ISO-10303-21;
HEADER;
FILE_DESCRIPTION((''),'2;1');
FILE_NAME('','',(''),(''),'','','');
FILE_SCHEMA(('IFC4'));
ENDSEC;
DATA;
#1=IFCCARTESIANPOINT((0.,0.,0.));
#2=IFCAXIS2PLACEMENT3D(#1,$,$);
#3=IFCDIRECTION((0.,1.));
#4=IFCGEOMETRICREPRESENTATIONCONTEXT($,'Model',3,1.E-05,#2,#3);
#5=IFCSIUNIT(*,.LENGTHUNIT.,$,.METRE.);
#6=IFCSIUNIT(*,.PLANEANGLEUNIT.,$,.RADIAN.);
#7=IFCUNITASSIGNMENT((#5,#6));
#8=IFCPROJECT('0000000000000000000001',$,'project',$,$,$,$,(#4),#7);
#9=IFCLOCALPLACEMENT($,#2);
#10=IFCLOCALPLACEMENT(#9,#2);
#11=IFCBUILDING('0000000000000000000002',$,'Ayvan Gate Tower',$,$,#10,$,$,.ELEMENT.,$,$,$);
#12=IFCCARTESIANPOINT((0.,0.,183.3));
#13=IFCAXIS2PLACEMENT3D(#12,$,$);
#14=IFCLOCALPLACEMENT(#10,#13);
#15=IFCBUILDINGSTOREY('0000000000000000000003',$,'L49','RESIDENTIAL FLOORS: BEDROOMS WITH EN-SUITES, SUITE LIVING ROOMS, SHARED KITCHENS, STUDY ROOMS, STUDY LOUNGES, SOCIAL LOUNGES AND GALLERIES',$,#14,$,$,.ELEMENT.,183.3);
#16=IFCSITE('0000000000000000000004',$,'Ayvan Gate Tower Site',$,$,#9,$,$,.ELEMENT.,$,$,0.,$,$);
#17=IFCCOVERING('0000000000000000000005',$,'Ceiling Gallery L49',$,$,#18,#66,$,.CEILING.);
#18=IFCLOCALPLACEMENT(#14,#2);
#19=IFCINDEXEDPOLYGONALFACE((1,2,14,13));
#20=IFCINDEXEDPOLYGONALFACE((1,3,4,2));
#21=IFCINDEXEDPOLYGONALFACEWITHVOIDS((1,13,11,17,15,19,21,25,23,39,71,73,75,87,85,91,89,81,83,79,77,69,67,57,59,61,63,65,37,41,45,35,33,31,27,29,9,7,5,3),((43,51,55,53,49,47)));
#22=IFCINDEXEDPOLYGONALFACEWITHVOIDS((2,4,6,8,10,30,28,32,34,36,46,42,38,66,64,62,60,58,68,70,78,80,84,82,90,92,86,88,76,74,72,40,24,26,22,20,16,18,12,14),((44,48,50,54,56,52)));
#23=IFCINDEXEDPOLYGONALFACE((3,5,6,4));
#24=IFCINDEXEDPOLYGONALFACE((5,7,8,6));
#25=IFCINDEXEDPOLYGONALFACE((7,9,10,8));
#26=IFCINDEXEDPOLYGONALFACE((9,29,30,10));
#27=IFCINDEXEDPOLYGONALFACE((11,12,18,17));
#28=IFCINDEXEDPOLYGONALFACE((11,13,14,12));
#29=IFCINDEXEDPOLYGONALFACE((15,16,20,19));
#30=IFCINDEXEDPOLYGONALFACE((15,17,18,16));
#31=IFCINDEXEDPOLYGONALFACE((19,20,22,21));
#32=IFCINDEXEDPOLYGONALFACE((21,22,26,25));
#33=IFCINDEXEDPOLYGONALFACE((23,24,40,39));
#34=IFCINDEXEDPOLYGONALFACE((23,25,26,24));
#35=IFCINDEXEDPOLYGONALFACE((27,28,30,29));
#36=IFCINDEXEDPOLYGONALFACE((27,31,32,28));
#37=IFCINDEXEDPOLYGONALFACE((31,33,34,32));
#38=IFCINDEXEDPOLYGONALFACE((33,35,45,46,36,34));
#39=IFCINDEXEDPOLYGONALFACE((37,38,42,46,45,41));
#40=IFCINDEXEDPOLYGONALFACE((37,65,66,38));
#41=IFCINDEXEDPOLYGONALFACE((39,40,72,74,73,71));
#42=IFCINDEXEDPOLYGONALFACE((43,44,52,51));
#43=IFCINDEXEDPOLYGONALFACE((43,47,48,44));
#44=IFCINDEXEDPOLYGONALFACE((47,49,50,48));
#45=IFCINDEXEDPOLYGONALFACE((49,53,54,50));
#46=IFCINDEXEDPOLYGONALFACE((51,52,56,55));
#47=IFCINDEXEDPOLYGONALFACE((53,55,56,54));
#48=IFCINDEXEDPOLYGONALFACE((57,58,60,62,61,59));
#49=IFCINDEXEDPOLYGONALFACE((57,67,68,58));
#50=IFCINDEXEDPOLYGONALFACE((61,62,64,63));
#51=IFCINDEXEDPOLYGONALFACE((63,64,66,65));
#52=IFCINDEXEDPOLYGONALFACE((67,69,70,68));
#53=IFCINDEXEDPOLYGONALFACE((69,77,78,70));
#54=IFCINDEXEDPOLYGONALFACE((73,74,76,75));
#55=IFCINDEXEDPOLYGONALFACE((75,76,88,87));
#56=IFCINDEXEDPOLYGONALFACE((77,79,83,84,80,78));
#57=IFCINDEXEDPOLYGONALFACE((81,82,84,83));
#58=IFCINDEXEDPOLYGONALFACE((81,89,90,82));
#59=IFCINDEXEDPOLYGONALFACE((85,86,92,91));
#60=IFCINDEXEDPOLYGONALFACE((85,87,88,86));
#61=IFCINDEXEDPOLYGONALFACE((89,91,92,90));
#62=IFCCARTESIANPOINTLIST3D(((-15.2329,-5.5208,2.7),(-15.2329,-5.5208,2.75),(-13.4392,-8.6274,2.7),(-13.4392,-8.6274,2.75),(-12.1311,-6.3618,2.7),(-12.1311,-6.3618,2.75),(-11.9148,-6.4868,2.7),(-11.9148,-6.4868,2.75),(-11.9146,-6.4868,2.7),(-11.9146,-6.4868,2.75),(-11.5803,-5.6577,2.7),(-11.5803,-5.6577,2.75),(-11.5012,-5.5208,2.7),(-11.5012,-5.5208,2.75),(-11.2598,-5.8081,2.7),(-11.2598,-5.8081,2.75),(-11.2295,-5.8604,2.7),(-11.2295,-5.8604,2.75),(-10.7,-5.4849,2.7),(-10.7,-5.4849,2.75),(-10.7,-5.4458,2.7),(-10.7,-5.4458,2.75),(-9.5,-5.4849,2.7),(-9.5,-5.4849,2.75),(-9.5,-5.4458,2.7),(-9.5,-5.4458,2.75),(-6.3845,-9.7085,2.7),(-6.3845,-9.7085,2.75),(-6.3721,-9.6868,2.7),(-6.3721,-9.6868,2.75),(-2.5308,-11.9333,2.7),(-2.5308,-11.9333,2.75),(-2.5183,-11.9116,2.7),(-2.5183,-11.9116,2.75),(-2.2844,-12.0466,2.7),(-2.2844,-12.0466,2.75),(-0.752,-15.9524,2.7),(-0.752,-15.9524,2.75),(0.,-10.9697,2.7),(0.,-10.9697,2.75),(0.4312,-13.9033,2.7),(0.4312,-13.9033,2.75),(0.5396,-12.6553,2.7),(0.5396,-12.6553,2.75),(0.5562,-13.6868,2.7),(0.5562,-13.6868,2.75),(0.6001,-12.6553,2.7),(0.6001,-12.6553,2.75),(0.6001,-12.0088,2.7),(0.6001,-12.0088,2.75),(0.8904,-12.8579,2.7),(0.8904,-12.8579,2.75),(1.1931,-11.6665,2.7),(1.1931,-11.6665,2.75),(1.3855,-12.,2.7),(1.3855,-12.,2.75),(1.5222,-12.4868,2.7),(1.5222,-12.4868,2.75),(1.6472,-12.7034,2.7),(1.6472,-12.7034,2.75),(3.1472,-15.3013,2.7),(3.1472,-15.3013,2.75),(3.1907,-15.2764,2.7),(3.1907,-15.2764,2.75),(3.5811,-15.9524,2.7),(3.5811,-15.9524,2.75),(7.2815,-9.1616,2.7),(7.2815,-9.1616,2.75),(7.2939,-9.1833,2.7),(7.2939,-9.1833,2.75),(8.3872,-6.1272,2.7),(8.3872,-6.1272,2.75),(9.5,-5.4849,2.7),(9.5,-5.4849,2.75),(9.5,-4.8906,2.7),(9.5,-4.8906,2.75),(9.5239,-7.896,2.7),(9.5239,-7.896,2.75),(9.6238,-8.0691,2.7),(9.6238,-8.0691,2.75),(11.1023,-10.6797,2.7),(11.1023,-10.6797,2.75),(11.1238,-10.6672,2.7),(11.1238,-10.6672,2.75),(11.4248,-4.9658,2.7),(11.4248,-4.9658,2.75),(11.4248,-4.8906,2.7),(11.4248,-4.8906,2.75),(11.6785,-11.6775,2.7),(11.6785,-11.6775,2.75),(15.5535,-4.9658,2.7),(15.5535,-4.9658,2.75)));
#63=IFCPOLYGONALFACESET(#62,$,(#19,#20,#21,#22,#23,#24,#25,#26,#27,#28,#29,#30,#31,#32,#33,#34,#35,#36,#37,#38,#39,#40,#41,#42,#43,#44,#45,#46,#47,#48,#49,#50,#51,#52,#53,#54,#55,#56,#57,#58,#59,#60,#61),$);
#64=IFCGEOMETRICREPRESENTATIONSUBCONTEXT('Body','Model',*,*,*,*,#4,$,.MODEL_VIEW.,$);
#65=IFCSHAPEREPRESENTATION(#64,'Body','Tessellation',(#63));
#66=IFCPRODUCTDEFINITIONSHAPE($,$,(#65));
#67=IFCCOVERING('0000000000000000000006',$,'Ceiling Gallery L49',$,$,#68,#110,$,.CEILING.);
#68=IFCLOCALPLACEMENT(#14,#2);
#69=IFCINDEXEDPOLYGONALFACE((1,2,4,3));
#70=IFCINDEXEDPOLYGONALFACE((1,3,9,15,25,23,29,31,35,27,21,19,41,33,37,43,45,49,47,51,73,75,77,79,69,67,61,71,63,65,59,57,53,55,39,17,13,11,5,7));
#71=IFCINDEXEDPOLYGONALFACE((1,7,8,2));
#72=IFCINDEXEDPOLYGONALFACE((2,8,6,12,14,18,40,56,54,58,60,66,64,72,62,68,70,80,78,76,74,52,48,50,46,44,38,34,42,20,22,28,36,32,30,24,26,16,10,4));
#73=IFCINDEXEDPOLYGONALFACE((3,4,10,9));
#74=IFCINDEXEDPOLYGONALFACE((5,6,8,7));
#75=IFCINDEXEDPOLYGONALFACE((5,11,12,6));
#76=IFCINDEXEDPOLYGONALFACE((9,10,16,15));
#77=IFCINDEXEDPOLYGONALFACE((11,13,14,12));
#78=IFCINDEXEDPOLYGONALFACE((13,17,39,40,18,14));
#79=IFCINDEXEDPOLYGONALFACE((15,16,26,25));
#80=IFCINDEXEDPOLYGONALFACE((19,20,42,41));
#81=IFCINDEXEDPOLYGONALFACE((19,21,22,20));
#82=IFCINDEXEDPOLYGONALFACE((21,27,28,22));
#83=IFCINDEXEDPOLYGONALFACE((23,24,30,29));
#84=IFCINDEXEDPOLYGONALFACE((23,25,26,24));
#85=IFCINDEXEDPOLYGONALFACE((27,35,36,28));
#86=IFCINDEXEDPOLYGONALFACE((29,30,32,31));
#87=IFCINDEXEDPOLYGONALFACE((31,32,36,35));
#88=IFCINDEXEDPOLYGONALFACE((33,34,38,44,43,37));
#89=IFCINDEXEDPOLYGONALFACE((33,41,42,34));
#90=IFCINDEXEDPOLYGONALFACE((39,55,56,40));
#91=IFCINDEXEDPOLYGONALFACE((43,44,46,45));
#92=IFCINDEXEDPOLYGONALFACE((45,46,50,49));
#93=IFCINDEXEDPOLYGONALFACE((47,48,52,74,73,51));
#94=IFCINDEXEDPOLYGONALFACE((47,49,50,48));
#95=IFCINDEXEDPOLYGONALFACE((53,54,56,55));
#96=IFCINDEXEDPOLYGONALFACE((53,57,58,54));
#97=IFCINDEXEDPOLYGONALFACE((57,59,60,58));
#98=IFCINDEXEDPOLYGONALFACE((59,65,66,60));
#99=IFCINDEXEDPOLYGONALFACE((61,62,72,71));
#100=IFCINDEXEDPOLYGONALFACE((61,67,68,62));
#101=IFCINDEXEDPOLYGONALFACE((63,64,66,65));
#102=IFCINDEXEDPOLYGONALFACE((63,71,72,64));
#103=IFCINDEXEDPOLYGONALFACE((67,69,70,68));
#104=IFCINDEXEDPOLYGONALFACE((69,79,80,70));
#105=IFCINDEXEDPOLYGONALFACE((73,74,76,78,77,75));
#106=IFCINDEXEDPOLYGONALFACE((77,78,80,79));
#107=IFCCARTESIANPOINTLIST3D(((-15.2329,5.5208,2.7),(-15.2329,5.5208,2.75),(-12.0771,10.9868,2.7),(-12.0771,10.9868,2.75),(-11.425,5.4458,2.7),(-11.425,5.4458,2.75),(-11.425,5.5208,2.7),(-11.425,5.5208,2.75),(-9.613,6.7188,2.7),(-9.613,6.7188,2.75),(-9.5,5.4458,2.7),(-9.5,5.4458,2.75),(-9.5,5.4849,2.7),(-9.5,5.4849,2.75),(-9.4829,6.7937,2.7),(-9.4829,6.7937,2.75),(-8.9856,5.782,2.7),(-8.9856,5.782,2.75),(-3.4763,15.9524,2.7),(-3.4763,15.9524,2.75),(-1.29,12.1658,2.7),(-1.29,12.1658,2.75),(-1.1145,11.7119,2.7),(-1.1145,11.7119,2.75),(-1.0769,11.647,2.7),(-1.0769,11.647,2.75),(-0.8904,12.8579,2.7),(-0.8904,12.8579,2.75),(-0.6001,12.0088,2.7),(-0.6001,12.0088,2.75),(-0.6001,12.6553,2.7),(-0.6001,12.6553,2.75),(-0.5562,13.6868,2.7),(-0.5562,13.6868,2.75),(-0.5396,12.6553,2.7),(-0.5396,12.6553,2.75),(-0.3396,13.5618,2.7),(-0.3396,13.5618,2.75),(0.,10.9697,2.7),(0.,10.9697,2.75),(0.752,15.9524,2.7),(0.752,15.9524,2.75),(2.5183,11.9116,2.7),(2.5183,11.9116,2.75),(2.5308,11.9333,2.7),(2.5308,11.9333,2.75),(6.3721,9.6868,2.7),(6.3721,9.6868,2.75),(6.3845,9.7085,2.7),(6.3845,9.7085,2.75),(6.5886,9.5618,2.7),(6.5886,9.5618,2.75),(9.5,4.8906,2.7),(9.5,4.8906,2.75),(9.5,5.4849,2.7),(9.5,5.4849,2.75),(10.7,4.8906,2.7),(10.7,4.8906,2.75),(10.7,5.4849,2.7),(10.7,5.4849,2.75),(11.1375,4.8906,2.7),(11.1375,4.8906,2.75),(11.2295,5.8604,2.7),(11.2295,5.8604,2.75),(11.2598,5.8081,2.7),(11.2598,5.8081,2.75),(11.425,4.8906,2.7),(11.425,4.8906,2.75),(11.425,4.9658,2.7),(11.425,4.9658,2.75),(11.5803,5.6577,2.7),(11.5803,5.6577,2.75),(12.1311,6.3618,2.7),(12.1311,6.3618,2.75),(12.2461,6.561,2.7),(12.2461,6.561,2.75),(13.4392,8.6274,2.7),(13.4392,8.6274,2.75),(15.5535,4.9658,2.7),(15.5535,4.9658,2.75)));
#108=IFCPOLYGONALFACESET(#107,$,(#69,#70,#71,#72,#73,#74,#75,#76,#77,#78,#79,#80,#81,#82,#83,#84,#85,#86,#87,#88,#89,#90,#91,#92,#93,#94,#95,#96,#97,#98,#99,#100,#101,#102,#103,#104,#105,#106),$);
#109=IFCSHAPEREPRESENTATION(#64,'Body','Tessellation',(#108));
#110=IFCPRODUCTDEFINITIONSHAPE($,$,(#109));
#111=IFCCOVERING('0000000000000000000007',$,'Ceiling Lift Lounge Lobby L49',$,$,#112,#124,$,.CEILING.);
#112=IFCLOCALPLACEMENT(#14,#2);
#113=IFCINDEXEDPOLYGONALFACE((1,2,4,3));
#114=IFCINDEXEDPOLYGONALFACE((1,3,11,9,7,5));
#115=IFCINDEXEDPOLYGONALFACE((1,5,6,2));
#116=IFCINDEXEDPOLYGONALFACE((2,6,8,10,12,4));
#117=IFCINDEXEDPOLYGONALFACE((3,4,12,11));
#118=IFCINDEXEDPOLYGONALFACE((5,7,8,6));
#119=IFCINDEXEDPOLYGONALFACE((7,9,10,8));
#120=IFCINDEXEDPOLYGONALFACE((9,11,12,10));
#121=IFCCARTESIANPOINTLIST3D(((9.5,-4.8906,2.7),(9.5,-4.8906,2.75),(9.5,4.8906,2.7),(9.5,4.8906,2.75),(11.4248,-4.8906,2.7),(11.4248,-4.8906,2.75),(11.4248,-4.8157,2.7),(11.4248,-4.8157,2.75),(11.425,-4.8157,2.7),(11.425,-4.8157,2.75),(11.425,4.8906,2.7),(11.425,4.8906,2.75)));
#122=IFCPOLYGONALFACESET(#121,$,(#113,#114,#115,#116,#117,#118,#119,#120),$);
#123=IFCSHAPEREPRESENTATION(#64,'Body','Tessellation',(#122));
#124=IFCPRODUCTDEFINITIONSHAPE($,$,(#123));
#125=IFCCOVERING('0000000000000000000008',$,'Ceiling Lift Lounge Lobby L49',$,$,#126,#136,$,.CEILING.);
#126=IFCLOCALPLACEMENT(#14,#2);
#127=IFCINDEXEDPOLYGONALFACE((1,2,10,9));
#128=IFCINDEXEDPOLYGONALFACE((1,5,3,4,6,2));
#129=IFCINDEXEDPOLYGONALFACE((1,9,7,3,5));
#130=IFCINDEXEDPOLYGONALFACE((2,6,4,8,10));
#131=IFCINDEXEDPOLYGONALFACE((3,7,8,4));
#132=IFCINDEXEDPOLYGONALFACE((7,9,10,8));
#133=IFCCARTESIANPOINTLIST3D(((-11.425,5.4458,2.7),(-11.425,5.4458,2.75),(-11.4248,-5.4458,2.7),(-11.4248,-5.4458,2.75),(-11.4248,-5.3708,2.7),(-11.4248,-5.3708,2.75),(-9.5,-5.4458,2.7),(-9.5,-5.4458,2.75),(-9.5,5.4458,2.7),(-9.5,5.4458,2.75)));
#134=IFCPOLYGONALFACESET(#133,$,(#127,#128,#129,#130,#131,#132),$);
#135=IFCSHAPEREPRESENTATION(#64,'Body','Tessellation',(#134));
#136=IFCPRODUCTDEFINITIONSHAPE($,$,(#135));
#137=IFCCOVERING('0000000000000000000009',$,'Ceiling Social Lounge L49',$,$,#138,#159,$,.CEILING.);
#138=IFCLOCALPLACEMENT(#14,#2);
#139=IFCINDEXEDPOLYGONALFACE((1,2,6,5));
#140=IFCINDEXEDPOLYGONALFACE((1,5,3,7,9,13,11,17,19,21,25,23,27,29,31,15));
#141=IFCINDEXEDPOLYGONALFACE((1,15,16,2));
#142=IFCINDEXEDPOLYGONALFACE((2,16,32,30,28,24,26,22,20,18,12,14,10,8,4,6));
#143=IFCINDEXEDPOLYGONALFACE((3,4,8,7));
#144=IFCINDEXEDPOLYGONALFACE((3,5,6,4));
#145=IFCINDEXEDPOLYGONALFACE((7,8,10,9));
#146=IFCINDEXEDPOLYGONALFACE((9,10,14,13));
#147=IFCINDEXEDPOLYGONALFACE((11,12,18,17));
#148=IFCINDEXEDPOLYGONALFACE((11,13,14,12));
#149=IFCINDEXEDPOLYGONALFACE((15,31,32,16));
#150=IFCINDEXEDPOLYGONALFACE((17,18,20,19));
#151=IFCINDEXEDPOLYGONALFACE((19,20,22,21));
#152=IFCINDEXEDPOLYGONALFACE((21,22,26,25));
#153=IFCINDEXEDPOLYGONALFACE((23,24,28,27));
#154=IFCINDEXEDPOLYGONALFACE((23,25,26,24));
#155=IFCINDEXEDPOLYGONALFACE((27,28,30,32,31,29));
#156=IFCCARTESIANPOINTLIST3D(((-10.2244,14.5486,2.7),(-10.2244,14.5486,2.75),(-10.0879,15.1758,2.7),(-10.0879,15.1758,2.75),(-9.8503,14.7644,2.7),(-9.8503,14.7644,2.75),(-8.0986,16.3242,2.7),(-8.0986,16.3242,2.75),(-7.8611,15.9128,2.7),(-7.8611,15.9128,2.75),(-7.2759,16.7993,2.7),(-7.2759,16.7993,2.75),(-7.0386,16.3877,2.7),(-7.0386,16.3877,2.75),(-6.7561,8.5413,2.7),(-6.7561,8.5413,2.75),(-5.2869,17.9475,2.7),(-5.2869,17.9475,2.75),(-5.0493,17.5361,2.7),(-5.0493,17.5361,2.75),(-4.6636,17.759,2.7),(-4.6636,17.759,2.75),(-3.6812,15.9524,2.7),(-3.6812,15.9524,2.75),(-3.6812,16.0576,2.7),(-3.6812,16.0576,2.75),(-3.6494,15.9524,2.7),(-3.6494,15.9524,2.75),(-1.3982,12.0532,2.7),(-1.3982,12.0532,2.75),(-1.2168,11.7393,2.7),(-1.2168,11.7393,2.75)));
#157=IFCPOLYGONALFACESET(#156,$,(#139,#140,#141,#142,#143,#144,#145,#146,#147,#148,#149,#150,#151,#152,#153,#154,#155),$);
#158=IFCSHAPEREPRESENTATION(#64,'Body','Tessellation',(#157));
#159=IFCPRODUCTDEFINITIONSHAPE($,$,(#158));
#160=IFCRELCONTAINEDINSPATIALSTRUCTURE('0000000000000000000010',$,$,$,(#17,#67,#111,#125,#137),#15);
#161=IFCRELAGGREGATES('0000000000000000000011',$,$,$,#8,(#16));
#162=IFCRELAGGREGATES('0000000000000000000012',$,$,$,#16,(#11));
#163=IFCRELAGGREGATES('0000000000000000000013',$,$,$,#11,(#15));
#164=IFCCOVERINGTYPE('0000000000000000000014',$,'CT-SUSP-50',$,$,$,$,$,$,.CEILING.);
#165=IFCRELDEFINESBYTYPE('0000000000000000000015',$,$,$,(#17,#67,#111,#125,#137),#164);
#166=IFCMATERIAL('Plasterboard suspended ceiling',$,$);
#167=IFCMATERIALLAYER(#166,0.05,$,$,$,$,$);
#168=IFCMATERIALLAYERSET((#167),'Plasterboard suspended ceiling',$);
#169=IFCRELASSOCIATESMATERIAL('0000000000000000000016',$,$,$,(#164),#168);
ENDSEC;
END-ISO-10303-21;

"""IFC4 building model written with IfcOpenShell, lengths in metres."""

from ifc_helpers import new_model, si_unit, direction, frame, origin, place, context, subcontext, project, spatial, polyline, outline, extrude, material, layer, layer_set, type_object, element, save


model = new_model("IFC4")

# Units and contexts
model_context = context("Model", 3, precision=1e-05, world=origin(), true_north=direction((0.0, 1.0)))
body_context = subcontext(model_context, "Body", "Model", "MODEL_VIEW")
ifc_project = project(units=[si_unit("LENGTHUNIT", "METRE"), si_unit("PLANEANGLEUNIT", "RADIAN")], contexts=[model_context])

# Site, building, storey
site_placement = place(None, origin())
site = spatial("IfcSite", under=ifc_project, at=site_placement, Name="Ayvan Gate Tower Site", CompositionType="ELEMENT", RefElevation=0.0)
building_placement = place(site_placement, origin())
building = spatial("IfcBuilding", under=site, at=building_placement, Name="Ayvan Gate Tower", CompositionType="ELEMENT")
storey_placement = place(building_placement, frame((0.0, 0.0, 183.3)))
storey = spatial("IfcBuildingStorey", under=building, at=storey_placement, Name="L49", Description="RESIDENTIAL FLOORS: BEDROOMS WITH EN-SUITES, SUITE LIVING ROOMS, SHARED KITCHENS, STUDY ROOMS, STUDY LOUNGES, SOCIAL LOUNGES AND GALLERIES", CompositionType="ELEMENT", Elevation=183.3)

# Coverings
ifc_material_1 = material(Name="Plasterboard suspended ceiling")
ifc_layer_1 = layer(ifc_material_1, 0.05)
ifc_layer_set_1 = layer_set([ifc_layer_1], Name="Plasterboard suspended ceiling")
covering_type = type_object("IfcCoveringType", Name="CT-SUSP-50", PredefinedType="CEILING", material=ifc_layer_set_1)
covering_1_placement = place(storey_placement, frame((0.0, 0.0, 2.7)))
element("IfcCovering", 1, at=covering_1_placement, inside=storey, type_object=covering_type, Name="Ceiling Gallery L49", PredefinedType="CEILING", context=body_context, shape_type="SweptSolid", body=[
    extrude(outline(polyline([(-11.9148, -6.4868), (-12.1311, -6.3618), (-13.4392, -8.6274), (-15.2329, -5.5208), (-11.5012, -5.5208), (-11.5803, -5.6577), (-11.2295, -5.8604), (-11.2598, -5.8081), (-10.7, -5.4849), (-10.7, -5.4458), (-9.5, -5.4458), (-9.5, -5.4849), (0.0, -10.9697), (8.3872, -6.1272), (9.5, -5.4849), (9.5, -4.8906), (11.4248, -4.8906), (11.4248, -4.9658), (15.5535, -4.9658), (11.6785, -11.6775), (11.1023, -10.6797), (11.1238, -10.6672), (9.6238, -8.0691), (9.5239, -7.896), (7.2939, -9.1833), (7.2815, -9.1616), (1.5222, -12.4868), (1.6472, -12.7034), (3.1472, -15.3013), (3.1907, -15.2764), (3.5811, -15.9524), (-0.752, -15.9524), (0.4312, -13.9033), (0.5562, -13.6868), (-2.2844, -12.0466), (-2.5183, -11.9116), (-2.5308, -11.9333), (-6.3845, -9.7085), (-6.3721, -9.6868), (-11.9146, -6.4868), (-11.9148, -6.4868)]), holes=[polyline([(0.6001, -12.6553), (0.5396, -12.6553), (0.8904, -12.8579), (1.3855, -12.0), (1.1931, -11.6665), (0.6001, -12.0088), (0.6001, -12.6553)])]), origin(), (0.0, 0.0, 1.0), 0.05),
])
covering_2_placement = place(storey_placement, frame((0.0, 0.0, 2.7)))
element("IfcCovering", 2, at=covering_2_placement, inside=storey, type_object=covering_type, Name="Ceiling Gallery L49", PredefinedType="CEILING", context=body_context, shape_type="SweptSolid", body=[
    extrude(outline(polyline([(-1.0769, 11.647), (-1.1145, 11.7119), (-0.6001, 12.0088), (-0.6001, 12.6553), (-0.5396, 12.6553), (-0.8904, 12.8579), (-1.29, 12.1658), (-3.4763, 15.9524), (0.752, 15.9524), (-0.5562, 13.6868), (-0.3396, 13.5618), (2.5183, 11.9116), (2.5308, 11.9333), (6.3845, 9.7085), (6.3721, 9.6868), (6.5886, 9.5618), (12.1311, 6.3618), (12.2461, 6.561), (13.4392, 8.6274), (15.5535, 4.9658), (11.425, 4.9658), (11.425, 4.8906), (11.1375, 4.8906), (11.5803, 5.6577), (11.2295, 5.8604), (11.2598, 5.8081), (10.7, 5.4849), (10.7, 4.8906), (9.5, 4.8906), (9.5, 5.4849), (0.0, 10.9697), (-8.9856, 5.782), (-9.5, 5.4849), (-9.5, 5.4458), (-11.425, 5.4458), (-11.425, 5.5208), (-15.2329, 5.5208), (-12.0771, 10.9868), (-9.613, 6.7188), (-9.4829, 6.7937), (-1.0769, 11.647)])), origin(), (0.0, 0.0, 1.0), 0.05),
])
covering_3_placement = place(storey_placement, frame((0.0, 0.0, 2.7)))
element("IfcCovering", 3, at=covering_3_placement, inside=storey, type_object=covering_type, Name="Ceiling Lift Lounge Lobby L49", PredefinedType="CEILING", context=body_context, shape_type="SweptSolid", body=[
    extrude(outline(polyline([(11.4248, -4.8906), (9.5, -4.8906), (9.5, 4.8906), (11.425, 4.8906), (11.425, -4.8157), (11.4248, -4.8157), (11.4248, -4.8906)])), origin(), (0.0, 0.0, 1.0), 0.05),
])
covering_4_placement = place(storey_placement, frame((0.0, 0.0, 2.7)))
element("IfcCovering", 4, at=covering_4_placement, inside=storey, type_object=covering_type, Name="Ceiling Lift Lounge Lobby L49", PredefinedType="CEILING", context=body_context, shape_type="SweptSolid", body=[
    extrude(outline(polyline([(-11.4248, -5.3708), (-11.425, 5.4458), (-9.5, 5.4458), (-9.5, -5.4458), (-11.4248, -5.4458), (-11.4248, -5.3708)])), origin(), (0.0, 0.0, 1.0), 0.05),
])
covering_5_placement = place(storey_placement, frame((0.0, 0.0, 2.7)))
element("IfcCovering", 5, at=covering_5_placement, inside=storey, type_object=covering_type, Name="Ceiling Social Lounge L49", PredefinedType="CEILING", context=body_context, shape_type="SweptSolid", body=[
    extrude(outline(polyline([(-10.2244, 14.5486), (-9.8503, 14.7644), (-10.0879, 15.1758), (-8.0986, 16.3242), (-7.8611, 15.9128), (-7.0386, 16.3877), (-7.2759, 16.7993), (-5.2869, 17.9475), (-5.0493, 17.5361), (-4.6636, 17.759), (-3.6812, 16.0576), (-3.6812, 15.9524), (-3.6494, 15.9524), (-1.3982, 12.0532), (-1.2168, 11.7393), (-6.7561, 8.5413), (-10.2244, 14.5486)])), origin(), (0.0, 0.0, 1.0), 0.05),
])

save(model, "model.ifc")
